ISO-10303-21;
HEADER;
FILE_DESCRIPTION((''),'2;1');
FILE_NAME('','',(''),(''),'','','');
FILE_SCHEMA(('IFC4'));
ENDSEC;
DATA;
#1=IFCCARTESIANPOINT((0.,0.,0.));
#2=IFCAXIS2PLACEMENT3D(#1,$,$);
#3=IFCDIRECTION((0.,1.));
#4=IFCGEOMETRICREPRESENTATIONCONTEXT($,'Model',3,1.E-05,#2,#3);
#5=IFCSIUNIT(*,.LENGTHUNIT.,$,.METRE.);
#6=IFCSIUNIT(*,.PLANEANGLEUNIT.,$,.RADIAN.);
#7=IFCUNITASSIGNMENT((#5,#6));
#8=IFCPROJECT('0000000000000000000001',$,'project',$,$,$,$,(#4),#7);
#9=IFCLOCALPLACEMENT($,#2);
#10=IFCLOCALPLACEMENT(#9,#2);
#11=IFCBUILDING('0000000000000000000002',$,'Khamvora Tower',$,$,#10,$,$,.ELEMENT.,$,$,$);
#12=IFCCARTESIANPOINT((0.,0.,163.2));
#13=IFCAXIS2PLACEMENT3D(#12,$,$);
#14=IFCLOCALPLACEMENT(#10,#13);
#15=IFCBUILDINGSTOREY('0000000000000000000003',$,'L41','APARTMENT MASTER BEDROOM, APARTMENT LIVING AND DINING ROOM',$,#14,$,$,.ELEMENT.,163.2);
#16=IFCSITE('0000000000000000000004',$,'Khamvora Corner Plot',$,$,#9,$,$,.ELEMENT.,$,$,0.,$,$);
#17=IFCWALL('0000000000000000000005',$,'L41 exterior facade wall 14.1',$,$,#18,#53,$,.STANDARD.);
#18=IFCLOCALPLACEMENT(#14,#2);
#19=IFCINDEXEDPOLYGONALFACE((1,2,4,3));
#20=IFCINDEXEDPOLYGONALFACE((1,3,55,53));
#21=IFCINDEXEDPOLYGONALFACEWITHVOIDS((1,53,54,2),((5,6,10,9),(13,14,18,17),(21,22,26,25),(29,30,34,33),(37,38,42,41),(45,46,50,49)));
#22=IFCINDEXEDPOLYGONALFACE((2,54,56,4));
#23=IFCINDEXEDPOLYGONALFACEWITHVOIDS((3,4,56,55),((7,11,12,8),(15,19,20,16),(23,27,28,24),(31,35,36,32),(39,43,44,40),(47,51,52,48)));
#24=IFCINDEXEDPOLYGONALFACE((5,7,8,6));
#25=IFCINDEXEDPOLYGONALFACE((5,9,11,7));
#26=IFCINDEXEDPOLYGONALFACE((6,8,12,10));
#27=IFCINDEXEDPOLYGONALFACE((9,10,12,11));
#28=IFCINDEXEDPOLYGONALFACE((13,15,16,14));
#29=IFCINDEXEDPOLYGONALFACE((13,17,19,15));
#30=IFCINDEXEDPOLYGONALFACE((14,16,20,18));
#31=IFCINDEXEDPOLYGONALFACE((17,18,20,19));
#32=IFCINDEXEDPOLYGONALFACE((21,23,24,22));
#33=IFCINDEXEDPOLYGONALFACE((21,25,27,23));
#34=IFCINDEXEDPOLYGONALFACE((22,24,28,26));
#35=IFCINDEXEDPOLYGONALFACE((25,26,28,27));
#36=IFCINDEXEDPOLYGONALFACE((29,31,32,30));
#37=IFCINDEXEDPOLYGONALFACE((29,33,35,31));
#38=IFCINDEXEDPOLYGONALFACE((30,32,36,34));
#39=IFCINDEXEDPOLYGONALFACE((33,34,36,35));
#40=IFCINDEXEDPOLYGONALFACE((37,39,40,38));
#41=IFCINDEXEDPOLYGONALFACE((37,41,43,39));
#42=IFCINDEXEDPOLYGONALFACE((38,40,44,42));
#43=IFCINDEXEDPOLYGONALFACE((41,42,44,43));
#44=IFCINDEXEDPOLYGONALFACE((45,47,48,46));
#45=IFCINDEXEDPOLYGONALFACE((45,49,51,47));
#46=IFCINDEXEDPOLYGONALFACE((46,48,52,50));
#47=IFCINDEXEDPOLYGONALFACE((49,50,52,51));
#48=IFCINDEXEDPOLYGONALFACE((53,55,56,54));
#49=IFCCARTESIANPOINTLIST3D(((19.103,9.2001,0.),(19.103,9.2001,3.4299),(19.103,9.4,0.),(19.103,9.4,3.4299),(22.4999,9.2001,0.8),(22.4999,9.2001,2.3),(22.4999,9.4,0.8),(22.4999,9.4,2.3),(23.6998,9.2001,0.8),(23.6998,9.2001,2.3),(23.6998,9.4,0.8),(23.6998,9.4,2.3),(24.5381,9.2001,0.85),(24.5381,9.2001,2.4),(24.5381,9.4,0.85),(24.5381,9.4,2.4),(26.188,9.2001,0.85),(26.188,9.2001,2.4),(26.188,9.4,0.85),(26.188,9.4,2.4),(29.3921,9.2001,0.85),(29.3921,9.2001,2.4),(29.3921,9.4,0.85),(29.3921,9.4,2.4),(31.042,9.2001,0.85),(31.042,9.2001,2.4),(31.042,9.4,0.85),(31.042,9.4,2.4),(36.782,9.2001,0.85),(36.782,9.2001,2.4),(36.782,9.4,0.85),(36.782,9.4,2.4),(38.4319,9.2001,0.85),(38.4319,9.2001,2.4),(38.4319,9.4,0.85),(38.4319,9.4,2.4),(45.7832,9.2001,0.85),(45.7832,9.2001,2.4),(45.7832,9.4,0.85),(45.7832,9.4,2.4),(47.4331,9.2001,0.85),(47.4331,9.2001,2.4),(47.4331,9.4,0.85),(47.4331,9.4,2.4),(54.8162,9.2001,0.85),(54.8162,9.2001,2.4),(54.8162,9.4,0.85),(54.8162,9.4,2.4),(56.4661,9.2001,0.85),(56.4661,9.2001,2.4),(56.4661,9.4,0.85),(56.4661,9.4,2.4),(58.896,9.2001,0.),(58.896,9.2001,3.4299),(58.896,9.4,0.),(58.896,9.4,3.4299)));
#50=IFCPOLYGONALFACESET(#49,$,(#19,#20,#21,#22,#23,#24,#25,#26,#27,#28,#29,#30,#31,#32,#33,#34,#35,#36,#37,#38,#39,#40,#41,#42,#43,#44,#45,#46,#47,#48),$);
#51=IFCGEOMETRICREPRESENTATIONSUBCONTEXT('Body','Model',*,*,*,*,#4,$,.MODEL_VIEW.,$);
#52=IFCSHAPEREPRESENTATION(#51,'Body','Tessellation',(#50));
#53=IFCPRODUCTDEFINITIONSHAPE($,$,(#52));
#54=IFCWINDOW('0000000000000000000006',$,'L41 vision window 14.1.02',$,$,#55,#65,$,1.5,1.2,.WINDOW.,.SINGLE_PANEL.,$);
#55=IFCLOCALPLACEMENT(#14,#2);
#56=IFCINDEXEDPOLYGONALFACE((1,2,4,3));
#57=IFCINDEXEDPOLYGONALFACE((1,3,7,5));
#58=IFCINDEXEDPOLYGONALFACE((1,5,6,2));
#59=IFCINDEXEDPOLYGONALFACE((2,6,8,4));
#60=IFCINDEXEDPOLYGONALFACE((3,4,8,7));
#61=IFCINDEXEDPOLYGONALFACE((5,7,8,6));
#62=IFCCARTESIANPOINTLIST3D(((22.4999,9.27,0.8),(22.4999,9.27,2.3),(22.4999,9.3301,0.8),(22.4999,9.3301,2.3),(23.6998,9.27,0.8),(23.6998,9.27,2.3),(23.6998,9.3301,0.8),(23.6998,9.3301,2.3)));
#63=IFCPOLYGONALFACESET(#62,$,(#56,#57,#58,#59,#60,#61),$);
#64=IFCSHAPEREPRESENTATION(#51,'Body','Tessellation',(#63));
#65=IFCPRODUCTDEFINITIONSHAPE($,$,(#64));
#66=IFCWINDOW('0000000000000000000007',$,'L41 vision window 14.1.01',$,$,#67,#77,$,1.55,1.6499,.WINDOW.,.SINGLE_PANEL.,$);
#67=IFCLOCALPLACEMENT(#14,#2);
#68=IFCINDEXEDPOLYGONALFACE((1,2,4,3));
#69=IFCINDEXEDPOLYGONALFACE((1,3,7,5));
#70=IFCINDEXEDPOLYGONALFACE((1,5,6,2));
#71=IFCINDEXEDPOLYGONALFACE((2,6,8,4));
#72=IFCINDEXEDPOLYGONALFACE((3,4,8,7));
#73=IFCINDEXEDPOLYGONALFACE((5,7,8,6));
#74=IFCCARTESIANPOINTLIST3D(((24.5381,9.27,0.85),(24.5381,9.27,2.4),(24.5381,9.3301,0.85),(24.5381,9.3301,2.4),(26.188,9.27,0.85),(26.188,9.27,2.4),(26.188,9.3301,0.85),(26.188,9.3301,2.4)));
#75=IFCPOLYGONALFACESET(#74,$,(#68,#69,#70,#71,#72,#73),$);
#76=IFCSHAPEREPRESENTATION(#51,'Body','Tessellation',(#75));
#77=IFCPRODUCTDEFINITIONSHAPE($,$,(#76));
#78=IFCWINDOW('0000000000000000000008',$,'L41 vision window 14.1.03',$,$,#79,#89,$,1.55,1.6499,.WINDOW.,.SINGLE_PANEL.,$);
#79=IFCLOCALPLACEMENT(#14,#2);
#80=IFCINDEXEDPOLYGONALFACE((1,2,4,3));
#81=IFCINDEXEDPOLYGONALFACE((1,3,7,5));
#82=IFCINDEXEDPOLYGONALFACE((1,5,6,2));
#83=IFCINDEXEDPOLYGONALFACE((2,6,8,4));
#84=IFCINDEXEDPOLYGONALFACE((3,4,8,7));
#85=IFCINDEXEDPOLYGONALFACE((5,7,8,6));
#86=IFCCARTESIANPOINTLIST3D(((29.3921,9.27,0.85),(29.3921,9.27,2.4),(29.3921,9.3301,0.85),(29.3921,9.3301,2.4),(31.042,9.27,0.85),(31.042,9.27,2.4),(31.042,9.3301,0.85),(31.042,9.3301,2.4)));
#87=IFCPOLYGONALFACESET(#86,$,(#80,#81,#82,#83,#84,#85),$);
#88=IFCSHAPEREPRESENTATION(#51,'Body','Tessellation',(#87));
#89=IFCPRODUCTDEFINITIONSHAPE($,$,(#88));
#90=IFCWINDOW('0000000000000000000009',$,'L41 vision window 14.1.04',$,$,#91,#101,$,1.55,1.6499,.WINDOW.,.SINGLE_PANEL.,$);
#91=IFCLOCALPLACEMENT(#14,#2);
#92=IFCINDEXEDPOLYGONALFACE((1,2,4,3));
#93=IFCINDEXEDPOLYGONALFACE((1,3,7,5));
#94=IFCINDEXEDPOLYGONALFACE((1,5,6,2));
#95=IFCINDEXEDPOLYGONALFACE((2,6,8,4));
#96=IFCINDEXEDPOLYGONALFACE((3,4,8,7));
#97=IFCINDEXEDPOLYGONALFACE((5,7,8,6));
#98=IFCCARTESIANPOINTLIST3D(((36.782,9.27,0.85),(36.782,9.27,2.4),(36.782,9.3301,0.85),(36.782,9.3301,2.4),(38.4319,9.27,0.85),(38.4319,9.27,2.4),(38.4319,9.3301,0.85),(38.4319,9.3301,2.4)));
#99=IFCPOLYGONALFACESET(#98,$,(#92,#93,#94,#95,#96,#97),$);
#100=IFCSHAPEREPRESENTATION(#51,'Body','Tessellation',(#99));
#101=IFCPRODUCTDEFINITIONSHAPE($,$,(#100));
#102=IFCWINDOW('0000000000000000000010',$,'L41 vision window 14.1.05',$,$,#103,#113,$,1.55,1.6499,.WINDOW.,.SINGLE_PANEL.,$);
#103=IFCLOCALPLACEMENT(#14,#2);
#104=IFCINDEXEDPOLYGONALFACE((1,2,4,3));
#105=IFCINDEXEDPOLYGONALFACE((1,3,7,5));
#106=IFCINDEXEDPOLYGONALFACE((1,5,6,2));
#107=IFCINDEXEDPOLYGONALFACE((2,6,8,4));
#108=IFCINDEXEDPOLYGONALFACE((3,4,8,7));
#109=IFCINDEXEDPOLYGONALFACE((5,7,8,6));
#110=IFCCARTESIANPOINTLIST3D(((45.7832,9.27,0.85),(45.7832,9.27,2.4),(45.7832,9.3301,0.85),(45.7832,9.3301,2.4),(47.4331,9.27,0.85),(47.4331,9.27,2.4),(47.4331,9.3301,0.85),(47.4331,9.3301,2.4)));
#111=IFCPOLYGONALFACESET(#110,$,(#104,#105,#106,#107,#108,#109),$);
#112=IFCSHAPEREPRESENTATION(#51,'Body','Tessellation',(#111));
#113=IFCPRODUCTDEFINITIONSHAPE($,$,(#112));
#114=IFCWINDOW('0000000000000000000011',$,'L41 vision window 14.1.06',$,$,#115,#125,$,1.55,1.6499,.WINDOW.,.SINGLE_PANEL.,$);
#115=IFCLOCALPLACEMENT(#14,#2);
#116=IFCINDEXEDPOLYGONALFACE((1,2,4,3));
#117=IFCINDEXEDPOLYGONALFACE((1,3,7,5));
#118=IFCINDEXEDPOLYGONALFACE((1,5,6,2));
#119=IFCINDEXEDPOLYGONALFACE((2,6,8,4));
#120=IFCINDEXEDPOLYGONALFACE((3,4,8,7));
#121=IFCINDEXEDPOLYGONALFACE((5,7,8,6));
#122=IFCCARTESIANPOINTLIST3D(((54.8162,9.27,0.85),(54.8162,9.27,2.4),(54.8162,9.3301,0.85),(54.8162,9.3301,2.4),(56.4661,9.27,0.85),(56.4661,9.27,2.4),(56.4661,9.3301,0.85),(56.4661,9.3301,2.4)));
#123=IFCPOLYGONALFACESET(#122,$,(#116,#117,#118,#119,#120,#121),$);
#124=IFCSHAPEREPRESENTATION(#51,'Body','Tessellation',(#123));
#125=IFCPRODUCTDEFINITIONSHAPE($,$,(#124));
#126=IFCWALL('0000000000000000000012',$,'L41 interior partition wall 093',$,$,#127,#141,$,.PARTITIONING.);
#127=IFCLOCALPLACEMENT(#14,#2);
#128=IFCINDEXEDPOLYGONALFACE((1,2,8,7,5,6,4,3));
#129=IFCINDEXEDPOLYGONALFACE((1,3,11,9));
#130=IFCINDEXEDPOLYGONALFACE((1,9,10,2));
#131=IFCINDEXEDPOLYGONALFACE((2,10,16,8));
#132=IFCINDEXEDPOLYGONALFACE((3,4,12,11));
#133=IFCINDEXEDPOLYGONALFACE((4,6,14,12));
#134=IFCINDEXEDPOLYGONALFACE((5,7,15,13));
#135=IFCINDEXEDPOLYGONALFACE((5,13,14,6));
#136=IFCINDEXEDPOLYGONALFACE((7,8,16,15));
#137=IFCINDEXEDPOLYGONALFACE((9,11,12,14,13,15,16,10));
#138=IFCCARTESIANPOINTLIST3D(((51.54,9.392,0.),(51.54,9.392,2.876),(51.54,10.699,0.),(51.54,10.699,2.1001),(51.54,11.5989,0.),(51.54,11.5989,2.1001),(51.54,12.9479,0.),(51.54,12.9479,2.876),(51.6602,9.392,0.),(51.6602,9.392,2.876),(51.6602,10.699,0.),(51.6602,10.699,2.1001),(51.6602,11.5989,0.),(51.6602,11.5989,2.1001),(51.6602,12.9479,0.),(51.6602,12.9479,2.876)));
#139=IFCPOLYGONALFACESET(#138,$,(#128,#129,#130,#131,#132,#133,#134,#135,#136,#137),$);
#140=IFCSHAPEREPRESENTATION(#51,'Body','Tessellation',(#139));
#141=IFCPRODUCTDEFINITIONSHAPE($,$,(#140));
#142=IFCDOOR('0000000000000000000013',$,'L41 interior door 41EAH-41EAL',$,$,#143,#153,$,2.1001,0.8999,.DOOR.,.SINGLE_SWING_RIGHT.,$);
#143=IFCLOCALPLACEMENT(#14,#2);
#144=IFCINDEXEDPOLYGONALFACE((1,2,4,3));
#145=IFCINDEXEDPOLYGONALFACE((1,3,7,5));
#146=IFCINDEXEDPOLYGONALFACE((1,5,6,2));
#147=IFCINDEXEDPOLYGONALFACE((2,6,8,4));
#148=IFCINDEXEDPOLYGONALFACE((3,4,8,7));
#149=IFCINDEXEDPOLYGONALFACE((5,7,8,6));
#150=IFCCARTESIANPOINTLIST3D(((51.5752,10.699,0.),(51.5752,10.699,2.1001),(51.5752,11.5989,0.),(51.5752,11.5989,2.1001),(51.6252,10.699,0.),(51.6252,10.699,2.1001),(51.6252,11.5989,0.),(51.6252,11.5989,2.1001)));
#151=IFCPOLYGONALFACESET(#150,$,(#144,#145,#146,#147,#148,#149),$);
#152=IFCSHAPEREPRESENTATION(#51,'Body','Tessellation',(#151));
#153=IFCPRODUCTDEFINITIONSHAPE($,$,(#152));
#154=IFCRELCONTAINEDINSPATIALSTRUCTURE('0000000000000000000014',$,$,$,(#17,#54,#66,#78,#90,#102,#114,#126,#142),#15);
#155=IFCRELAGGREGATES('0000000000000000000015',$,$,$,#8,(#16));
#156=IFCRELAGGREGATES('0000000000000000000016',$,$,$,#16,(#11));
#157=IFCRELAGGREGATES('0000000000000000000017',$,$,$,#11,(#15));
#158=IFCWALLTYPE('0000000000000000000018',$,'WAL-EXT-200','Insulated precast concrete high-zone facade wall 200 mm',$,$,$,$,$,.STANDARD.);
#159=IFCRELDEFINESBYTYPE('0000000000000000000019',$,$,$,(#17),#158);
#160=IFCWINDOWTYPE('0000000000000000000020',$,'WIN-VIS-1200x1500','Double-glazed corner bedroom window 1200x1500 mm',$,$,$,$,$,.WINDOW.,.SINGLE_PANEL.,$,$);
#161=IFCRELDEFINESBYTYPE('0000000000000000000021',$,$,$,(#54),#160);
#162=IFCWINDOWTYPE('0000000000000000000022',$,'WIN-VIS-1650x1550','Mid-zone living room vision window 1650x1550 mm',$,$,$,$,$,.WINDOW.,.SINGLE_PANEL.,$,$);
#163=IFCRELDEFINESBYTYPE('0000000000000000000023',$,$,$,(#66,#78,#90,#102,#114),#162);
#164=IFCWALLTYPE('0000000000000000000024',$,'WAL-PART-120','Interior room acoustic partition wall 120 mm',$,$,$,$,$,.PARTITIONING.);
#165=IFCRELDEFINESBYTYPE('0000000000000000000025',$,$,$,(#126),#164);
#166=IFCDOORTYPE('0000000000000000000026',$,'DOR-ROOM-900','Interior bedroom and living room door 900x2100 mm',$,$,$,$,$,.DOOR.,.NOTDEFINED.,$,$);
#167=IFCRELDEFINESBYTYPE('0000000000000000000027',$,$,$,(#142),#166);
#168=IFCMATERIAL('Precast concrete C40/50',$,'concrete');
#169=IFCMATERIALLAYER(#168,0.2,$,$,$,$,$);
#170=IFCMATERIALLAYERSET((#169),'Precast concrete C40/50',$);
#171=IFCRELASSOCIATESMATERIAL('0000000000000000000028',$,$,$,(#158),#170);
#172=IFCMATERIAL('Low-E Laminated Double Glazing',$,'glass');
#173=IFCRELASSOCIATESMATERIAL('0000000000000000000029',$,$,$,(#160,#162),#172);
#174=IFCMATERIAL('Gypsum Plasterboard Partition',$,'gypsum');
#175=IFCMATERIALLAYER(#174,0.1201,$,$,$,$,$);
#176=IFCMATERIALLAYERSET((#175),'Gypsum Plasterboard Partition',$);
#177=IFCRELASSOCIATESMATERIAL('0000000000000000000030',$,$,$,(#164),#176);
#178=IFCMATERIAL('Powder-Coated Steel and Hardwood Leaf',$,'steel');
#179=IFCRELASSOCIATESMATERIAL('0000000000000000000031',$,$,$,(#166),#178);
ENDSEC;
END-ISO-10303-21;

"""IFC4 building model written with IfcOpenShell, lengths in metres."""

from ifc_helpers import new_model, si_unit, direction, frame, frame_2d, origin, place, context, subcontext, project, spatial, rectangle, extrude, material, layer, layer_set, type_object, element, fill, save


model = new_model("IFC4")

# Units and contexts
model_context = context("Model", 3, precision=1e-05, world=origin(), true_north=direction((0.0, 1.0)))
body_context = subcontext(model_context, "Body", "Model", "MODEL_VIEW")
ifc_project = project(units=[si_unit("LENGTHUNIT", "METRE"), si_unit("PLANEANGLEUNIT", "RADIAN")], contexts=[model_context])

# Site, building, storey
site_placement = place(None, origin())
site = spatial("IfcSite", under=ifc_project, at=site_placement, Name="Khamvora Corner Plot", CompositionType="ELEMENT", RefElevation=0.0)
building_placement = place(site_placement, origin())
building = spatial("IfcBuilding", under=site, at=building_placement, Name="Khamvora Tower", CompositionType="ELEMENT")
storey_placement = place(building_placement, frame((0.0, 0.0, 163.2)))
storey = spatial("IfcBuildingStorey", under=building, at=storey_placement, Name="L41", Description="APARTMENT MASTER BEDROOM, APARTMENT LIVING AND DINING ROOM", CompositionType="ELEMENT", Elevation=163.2)

# Shared definitions
ifc_material_1 = material(Name="Precast concrete C40/50", Category="concrete")
ifc_layer_1 = layer(ifc_material_1, 0.2)
ifc_layer_set_1 = layer_set([ifc_layer_1], Name="Precast concrete C40/50")
wall_type_1 = type_object("IfcWallType", Name="WAL-EXT-200", Description="Insulated precast concrete high-zone facade wall 200 mm", PredefinedType="STANDARD", material=ifc_layer_set_1)

# Wall, openings, windows
wall_1_placement = place(storey_placement, frame((58.896, 9.3, 0.0), z_axis=(0.0, 0.0, 1.0), x_axis=(-1.0, 0.0, 0.0)))
wall_1 = element("IfcWall", 1, at=wall_1_placement, inside=storey, type_object=wall_type_1, Name="L41 exterior facade wall 14.1", PredefinedType="STANDARD", context=body_context, shape_type="SweptSolid", body=[
    extrude(rectangle(XDim=39.793, YDim=0.2, at=frame_2d((19.8965, 0.0))), origin(), (0.0, 0.0, 1.0), 3.4299),
])
opening_1_placement = place(wall_1_placement, frame((32.708, 0.0, 0.8501)))
opening_1 = element("IfcOpeningElement", 2, at=opening_1_placement, cuts=wall_1, PredefinedType="OPENING", context=body_context, shape_type="SweptSolid", body=[
    extrude(rectangle(XDim=1.6499, YDim=1.55, at=frame_2d((0.825, 0.7749))), frame((0.0, 0.1099, 0.0), z_axis=(0.0, -1.0, 0.0), x_axis=(1.0, 0.0, 0.0)), (0.0, 0.0, 1.0), 0.22),
])
opening_2_placement = place(wall_1_placement, frame((35.196, 0.0, 0.8)))
opening_2 = element("IfcOpeningElement", 3, at=opening_2_placement, cuts=wall_1, PredefinedType="OPENING", context=body_context, shape_type="SweptSolid", body=[
    extrude(rectangle(XDim=1.2, YDim=1.5, at=frame_2d((0.6001, 0.75))), frame((0.0, 0.1099, 0.0), z_axis=(0.0, -1.0, 0.0), x_axis=(1.0, 0.0, 0.0)), (0.0, 0.0, 1.0), 0.22),
])
opening_3_placement = place(wall_1_placement, frame((27.854, 0.0, 0.8501)))
opening_3 = element("IfcOpeningElement", 4, at=opening_3_placement, cuts=wall_1, PredefinedType="OPENING", context=body_context, shape_type="SweptSolid", body=[
    extrude(rectangle(XDim=1.6499, YDim=1.55, at=frame_2d((0.825, 0.7749))), frame((0.0, 0.1099, 0.0), z_axis=(0.0, -1.0, 0.0), x_axis=(1.0, 0.0, 0.0)), (0.0, 0.0, 1.0), 0.22),
])
opening_4_placement = place(wall_1_placement, frame((20.4641, 0.0, 0.8501)))
opening_4 = element("IfcOpeningElement", 5, at=opening_4_placement, cuts=wall_1, PredefinedType="OPENING", context=body_context, shape_type="SweptSolid", body=[
    extrude(rectangle(XDim=1.6499, YDim=1.55, at=frame_2d((0.825, 0.7749))), frame((0.0, 0.1099, 0.0), z_axis=(0.0, -1.0, 0.0), x_axis=(1.0, 0.0, 0.0)), (0.0, 0.0, 1.0), 0.22),
])
opening_5_placement = place(wall_1_placement, frame((11.4629, 0.0, 0.8501)))
opening_5 = element("IfcOpeningElement", 6, at=opening_5_placement, cuts=wall_1, PredefinedType="OPENING", context=body_context, shape_type="SweptSolid", body=[
    extrude(rectangle(XDim=1.6499, YDim=1.55, at=frame_2d((0.825, 0.7749))), frame((0.0, 0.1099, 0.0), z_axis=(0.0, -1.0, 0.0), x_axis=(1.0, 0.0, 0.0)), (0.0, 0.0, 1.0), 0.22),
])
opening_6_placement = place(wall_1_placement, frame((2.4299, 0.0, 0.8501)))
opening_6 = element("IfcOpeningElement", 7, at=opening_6_placement, cuts=wall_1, PredefinedType="OPENING", context=body_context, shape_type="SweptSolid", body=[
    extrude(rectangle(XDim=1.6499, YDim=1.55, at=frame_2d((0.825, 0.7749))), frame((0.0, 0.1099, 0.0), z_axis=(0.0, -1.0, 0.0), x_axis=(1.0, 0.0, 0.0)), (0.0, 0.0, 1.0), 0.22),
])
ifc_material_2 = material(Name="Low-E Laminated Double Glazing", Category="glass")
window_type_1 = type_object("IfcWindowType", Name="WIN-VIS-1200x1500", Description="Double-glazed corner bedroom window 1200x1500 mm", PartitioningType="SINGLE_PANEL", PredefinedType="WINDOW", material=ifc_material_2)
window_1_placement = place(opening_2_placement, origin())
window_1 = element("IfcWindow", 8, at=window_1_placement, inside=storey, type_object=window_type_1, Name="L41 vision window 14.1.02", OverallHeight=1.5, OverallWidth=1.2, PartitioningType="SINGLE_PANEL", PredefinedType="WINDOW", context=body_context, shape_type="SweptSolid", body=[
    extrude(rectangle(XDim=1.2, YDim=1.5, at=frame_2d((0.6001, 0.75))), frame((0.0, 0.03, 0.0), z_axis=(0.0, -1.0, 0.0), x_axis=(1.0, 0.0, 0.0)), (0.0, 0.0, 1.0), 0.0601),
])
fill(opening_2, window_1)
window_type_2 = type_object("IfcWindowType", Name="WIN-VIS-1650x1550", Description="Mid-zone living room vision window 1650x1550 mm", PartitioningType="SINGLE_PANEL", PredefinedType="WINDOW", material=ifc_material_2)
window_2_placement = place(opening_1_placement, origin())
window_2 = element("IfcWindow", 9, at=window_2_placement, inside=storey, type_object=window_type_2, Name="L41 vision window 14.1.01", OverallHeight=1.55, OverallWidth=1.6499, PartitioningType="SINGLE_PANEL", PredefinedType="WINDOW", context=body_context, shape_type="SweptSolid", body=[
    extrude(rectangle(XDim=1.6499, YDim=1.55, at=frame_2d((0.825, 0.7749))), frame((0.0, 0.03, 0.0), z_axis=(0.0, -1.0, 0.0), x_axis=(1.0, 0.0, 0.0)), (0.0, 0.0, 1.0), 0.0601),
])
fill(opening_1, window_2)
window_3_placement = place(opening_3_placement, origin())
window_3 = element("IfcWindow", 10, at=window_3_placement, inside=storey, type_object=window_type_2, Name="L41 vision window 14.1.03", OverallHeight=1.55, OverallWidth=1.6499, PartitioningType="SINGLE_PANEL", PredefinedType="WINDOW", context=body_context, shape_type="SweptSolid", body=[
    extrude(rectangle(XDim=1.6499, YDim=1.55, at=frame_2d((0.825, 0.7749))), frame((0.0, 0.03, 0.0), z_axis=(0.0, -1.0, 0.0), x_axis=(1.0, 0.0, 0.0)), (0.0, 0.0, 1.0), 0.0601),
])
fill(opening_3, window_3)
window_4_placement = place(opening_4_placement, origin())
window_4 = element("IfcWindow", 11, at=window_4_placement, inside=storey, type_object=window_type_2, Name="L41 vision window 14.1.04", OverallHeight=1.55, OverallWidth=1.6499, PartitioningType="SINGLE_PANEL", PredefinedType="WINDOW", context=body_context, shape_type="SweptSolid", body=[
    extrude(rectangle(XDim=1.6499, YDim=1.55, at=frame_2d((0.825, 0.7749))), frame((0.0, 0.03, 0.0), z_axis=(0.0, -1.0, 0.0), x_axis=(1.0, 0.0, 0.0)), (0.0, 0.0, 1.0), 0.0601),
])
fill(opening_4, window_4)
window_5_placement = place(opening_5_placement, origin())
window_5 = element("IfcWindow", 12, at=window_5_placement, inside=storey, type_object=window_type_2, Name="L41 vision window 14.1.05", OverallHeight=1.55, OverallWidth=1.6499, PartitioningType="SINGLE_PANEL", PredefinedType="WINDOW", context=body_context, shape_type="SweptSolid", body=[
    extrude(rectangle(XDim=1.6499, YDim=1.55, at=frame_2d((0.825, 0.7749))), frame((0.0, 0.03, 0.0), z_axis=(0.0, -1.0, 0.0), x_axis=(1.0, 0.0, 0.0)), (0.0, 0.0, 1.0), 0.0601),
])
fill(opening_5, window_5)
window_6_placement = place(opening_6_placement, origin())
window_6 = element("IfcWindow", 13, at=window_6_placement, inside=storey, type_object=window_type_2, Name="L41 vision window 14.1.06", OverallHeight=1.55, OverallWidth=1.6499, PartitioningType="SINGLE_PANEL", PredefinedType="WINDOW", context=body_context, shape_type="SweptSolid", body=[
    extrude(rectangle(XDim=1.6499, YDim=1.55, at=frame_2d((0.825, 0.7749))), frame((0.0, 0.03, 0.0), z_axis=(0.0, -1.0, 0.0), x_axis=(1.0, 0.0, 0.0)), (0.0, 0.0, 1.0), 0.0601),
])
fill(opening_6, window_6)

# Wall, opening, door
ifc_material_3 = material(Name="Gypsum Plasterboard Partition", Category="gypsum")
ifc_layer_2 = layer(ifc_material_3, 0.1201)
ifc_layer_set_2 = layer_set([ifc_layer_2], Name="Gypsum Plasterboard Partition")
wall_type_2 = type_object("IfcWallType", Name="WAL-PART-120", Description="Interior room acoustic partition wall 120 mm", PredefinedType="PARTITIONING", material=ifc_layer_set_2)
wall_2_placement = place(storey_placement, frame((51.6001, 9.3921, 0.0), z_axis=(0.0, 0.0, 1.0), x_axis=(0.0, 1.0, 0.0)))
wall_2 = element("IfcWall", 14, at=wall_2_placement, inside=storey, type_object=wall_type_2, Name="L41 interior partition wall 093", PredefinedType="PARTITIONING", context=body_context, shape_type="SweptSolid", body=[
    extrude(rectangle(XDim=3.5559, YDim=0.1201, at=frame_2d((1.7778, 0.0))), origin(), (0.0, 0.0, 1.0), 2.876),
])
opening_7_placement = place(wall_2_placement, frame((1.3069, 0.0, 0.0)))
opening_7 = element("IfcOpeningElement", 15, at=opening_7_placement, cuts=wall_2, PredefinedType="OPENING", context=body_context, shape_type="SweptSolid", body=[
    extrude(rectangle(XDim=0.8999, YDim=2.1001, at=frame_2d((0.45, 1.05))), frame((0.0, 0.0701, 0.0), z_axis=(0.0, -1.0, 0.0), x_axis=(1.0, 0.0, 0.0)), (0.0, 0.0, 1.0), 0.1401),
])
ifc_material_4 = material(Name="Powder-Coated Steel and Hardwood Leaf", Category="steel")
door_type = type_object("IfcDoorType", Name="DOR-ROOM-900", Description="Interior bedroom and living room door 900x2100 mm", OperationType="NOTDEFINED", PredefinedType="DOOR", material=ifc_material_4)
door_1_placement = place(opening_7_placement, origin())
door_1 = element("IfcDoor", 16, at=door_1_placement, inside=storey, type_object=door_type, Name="L41 interior door 41EAH-41EAL", OperationType="SINGLE_SWING_RIGHT", OverallHeight=2.1001, OverallWidth=0.8999, PredefinedType="DOOR", context=body_context, shape_type="SweptSolid", body=[
    extrude(rectangle(XDim=0.8999, YDim=2.1001, at=frame_2d((0.45, 1.05))), frame((0.0, 0.0249, 0.0), z_axis=(0.0, -1.0, 0.0), x_axis=(1.0, 0.0, 0.0)), (0.0, 0.0, 1.0), 0.05),
])
fill(opening_7, door_1)

save(model, "model.ifc")
